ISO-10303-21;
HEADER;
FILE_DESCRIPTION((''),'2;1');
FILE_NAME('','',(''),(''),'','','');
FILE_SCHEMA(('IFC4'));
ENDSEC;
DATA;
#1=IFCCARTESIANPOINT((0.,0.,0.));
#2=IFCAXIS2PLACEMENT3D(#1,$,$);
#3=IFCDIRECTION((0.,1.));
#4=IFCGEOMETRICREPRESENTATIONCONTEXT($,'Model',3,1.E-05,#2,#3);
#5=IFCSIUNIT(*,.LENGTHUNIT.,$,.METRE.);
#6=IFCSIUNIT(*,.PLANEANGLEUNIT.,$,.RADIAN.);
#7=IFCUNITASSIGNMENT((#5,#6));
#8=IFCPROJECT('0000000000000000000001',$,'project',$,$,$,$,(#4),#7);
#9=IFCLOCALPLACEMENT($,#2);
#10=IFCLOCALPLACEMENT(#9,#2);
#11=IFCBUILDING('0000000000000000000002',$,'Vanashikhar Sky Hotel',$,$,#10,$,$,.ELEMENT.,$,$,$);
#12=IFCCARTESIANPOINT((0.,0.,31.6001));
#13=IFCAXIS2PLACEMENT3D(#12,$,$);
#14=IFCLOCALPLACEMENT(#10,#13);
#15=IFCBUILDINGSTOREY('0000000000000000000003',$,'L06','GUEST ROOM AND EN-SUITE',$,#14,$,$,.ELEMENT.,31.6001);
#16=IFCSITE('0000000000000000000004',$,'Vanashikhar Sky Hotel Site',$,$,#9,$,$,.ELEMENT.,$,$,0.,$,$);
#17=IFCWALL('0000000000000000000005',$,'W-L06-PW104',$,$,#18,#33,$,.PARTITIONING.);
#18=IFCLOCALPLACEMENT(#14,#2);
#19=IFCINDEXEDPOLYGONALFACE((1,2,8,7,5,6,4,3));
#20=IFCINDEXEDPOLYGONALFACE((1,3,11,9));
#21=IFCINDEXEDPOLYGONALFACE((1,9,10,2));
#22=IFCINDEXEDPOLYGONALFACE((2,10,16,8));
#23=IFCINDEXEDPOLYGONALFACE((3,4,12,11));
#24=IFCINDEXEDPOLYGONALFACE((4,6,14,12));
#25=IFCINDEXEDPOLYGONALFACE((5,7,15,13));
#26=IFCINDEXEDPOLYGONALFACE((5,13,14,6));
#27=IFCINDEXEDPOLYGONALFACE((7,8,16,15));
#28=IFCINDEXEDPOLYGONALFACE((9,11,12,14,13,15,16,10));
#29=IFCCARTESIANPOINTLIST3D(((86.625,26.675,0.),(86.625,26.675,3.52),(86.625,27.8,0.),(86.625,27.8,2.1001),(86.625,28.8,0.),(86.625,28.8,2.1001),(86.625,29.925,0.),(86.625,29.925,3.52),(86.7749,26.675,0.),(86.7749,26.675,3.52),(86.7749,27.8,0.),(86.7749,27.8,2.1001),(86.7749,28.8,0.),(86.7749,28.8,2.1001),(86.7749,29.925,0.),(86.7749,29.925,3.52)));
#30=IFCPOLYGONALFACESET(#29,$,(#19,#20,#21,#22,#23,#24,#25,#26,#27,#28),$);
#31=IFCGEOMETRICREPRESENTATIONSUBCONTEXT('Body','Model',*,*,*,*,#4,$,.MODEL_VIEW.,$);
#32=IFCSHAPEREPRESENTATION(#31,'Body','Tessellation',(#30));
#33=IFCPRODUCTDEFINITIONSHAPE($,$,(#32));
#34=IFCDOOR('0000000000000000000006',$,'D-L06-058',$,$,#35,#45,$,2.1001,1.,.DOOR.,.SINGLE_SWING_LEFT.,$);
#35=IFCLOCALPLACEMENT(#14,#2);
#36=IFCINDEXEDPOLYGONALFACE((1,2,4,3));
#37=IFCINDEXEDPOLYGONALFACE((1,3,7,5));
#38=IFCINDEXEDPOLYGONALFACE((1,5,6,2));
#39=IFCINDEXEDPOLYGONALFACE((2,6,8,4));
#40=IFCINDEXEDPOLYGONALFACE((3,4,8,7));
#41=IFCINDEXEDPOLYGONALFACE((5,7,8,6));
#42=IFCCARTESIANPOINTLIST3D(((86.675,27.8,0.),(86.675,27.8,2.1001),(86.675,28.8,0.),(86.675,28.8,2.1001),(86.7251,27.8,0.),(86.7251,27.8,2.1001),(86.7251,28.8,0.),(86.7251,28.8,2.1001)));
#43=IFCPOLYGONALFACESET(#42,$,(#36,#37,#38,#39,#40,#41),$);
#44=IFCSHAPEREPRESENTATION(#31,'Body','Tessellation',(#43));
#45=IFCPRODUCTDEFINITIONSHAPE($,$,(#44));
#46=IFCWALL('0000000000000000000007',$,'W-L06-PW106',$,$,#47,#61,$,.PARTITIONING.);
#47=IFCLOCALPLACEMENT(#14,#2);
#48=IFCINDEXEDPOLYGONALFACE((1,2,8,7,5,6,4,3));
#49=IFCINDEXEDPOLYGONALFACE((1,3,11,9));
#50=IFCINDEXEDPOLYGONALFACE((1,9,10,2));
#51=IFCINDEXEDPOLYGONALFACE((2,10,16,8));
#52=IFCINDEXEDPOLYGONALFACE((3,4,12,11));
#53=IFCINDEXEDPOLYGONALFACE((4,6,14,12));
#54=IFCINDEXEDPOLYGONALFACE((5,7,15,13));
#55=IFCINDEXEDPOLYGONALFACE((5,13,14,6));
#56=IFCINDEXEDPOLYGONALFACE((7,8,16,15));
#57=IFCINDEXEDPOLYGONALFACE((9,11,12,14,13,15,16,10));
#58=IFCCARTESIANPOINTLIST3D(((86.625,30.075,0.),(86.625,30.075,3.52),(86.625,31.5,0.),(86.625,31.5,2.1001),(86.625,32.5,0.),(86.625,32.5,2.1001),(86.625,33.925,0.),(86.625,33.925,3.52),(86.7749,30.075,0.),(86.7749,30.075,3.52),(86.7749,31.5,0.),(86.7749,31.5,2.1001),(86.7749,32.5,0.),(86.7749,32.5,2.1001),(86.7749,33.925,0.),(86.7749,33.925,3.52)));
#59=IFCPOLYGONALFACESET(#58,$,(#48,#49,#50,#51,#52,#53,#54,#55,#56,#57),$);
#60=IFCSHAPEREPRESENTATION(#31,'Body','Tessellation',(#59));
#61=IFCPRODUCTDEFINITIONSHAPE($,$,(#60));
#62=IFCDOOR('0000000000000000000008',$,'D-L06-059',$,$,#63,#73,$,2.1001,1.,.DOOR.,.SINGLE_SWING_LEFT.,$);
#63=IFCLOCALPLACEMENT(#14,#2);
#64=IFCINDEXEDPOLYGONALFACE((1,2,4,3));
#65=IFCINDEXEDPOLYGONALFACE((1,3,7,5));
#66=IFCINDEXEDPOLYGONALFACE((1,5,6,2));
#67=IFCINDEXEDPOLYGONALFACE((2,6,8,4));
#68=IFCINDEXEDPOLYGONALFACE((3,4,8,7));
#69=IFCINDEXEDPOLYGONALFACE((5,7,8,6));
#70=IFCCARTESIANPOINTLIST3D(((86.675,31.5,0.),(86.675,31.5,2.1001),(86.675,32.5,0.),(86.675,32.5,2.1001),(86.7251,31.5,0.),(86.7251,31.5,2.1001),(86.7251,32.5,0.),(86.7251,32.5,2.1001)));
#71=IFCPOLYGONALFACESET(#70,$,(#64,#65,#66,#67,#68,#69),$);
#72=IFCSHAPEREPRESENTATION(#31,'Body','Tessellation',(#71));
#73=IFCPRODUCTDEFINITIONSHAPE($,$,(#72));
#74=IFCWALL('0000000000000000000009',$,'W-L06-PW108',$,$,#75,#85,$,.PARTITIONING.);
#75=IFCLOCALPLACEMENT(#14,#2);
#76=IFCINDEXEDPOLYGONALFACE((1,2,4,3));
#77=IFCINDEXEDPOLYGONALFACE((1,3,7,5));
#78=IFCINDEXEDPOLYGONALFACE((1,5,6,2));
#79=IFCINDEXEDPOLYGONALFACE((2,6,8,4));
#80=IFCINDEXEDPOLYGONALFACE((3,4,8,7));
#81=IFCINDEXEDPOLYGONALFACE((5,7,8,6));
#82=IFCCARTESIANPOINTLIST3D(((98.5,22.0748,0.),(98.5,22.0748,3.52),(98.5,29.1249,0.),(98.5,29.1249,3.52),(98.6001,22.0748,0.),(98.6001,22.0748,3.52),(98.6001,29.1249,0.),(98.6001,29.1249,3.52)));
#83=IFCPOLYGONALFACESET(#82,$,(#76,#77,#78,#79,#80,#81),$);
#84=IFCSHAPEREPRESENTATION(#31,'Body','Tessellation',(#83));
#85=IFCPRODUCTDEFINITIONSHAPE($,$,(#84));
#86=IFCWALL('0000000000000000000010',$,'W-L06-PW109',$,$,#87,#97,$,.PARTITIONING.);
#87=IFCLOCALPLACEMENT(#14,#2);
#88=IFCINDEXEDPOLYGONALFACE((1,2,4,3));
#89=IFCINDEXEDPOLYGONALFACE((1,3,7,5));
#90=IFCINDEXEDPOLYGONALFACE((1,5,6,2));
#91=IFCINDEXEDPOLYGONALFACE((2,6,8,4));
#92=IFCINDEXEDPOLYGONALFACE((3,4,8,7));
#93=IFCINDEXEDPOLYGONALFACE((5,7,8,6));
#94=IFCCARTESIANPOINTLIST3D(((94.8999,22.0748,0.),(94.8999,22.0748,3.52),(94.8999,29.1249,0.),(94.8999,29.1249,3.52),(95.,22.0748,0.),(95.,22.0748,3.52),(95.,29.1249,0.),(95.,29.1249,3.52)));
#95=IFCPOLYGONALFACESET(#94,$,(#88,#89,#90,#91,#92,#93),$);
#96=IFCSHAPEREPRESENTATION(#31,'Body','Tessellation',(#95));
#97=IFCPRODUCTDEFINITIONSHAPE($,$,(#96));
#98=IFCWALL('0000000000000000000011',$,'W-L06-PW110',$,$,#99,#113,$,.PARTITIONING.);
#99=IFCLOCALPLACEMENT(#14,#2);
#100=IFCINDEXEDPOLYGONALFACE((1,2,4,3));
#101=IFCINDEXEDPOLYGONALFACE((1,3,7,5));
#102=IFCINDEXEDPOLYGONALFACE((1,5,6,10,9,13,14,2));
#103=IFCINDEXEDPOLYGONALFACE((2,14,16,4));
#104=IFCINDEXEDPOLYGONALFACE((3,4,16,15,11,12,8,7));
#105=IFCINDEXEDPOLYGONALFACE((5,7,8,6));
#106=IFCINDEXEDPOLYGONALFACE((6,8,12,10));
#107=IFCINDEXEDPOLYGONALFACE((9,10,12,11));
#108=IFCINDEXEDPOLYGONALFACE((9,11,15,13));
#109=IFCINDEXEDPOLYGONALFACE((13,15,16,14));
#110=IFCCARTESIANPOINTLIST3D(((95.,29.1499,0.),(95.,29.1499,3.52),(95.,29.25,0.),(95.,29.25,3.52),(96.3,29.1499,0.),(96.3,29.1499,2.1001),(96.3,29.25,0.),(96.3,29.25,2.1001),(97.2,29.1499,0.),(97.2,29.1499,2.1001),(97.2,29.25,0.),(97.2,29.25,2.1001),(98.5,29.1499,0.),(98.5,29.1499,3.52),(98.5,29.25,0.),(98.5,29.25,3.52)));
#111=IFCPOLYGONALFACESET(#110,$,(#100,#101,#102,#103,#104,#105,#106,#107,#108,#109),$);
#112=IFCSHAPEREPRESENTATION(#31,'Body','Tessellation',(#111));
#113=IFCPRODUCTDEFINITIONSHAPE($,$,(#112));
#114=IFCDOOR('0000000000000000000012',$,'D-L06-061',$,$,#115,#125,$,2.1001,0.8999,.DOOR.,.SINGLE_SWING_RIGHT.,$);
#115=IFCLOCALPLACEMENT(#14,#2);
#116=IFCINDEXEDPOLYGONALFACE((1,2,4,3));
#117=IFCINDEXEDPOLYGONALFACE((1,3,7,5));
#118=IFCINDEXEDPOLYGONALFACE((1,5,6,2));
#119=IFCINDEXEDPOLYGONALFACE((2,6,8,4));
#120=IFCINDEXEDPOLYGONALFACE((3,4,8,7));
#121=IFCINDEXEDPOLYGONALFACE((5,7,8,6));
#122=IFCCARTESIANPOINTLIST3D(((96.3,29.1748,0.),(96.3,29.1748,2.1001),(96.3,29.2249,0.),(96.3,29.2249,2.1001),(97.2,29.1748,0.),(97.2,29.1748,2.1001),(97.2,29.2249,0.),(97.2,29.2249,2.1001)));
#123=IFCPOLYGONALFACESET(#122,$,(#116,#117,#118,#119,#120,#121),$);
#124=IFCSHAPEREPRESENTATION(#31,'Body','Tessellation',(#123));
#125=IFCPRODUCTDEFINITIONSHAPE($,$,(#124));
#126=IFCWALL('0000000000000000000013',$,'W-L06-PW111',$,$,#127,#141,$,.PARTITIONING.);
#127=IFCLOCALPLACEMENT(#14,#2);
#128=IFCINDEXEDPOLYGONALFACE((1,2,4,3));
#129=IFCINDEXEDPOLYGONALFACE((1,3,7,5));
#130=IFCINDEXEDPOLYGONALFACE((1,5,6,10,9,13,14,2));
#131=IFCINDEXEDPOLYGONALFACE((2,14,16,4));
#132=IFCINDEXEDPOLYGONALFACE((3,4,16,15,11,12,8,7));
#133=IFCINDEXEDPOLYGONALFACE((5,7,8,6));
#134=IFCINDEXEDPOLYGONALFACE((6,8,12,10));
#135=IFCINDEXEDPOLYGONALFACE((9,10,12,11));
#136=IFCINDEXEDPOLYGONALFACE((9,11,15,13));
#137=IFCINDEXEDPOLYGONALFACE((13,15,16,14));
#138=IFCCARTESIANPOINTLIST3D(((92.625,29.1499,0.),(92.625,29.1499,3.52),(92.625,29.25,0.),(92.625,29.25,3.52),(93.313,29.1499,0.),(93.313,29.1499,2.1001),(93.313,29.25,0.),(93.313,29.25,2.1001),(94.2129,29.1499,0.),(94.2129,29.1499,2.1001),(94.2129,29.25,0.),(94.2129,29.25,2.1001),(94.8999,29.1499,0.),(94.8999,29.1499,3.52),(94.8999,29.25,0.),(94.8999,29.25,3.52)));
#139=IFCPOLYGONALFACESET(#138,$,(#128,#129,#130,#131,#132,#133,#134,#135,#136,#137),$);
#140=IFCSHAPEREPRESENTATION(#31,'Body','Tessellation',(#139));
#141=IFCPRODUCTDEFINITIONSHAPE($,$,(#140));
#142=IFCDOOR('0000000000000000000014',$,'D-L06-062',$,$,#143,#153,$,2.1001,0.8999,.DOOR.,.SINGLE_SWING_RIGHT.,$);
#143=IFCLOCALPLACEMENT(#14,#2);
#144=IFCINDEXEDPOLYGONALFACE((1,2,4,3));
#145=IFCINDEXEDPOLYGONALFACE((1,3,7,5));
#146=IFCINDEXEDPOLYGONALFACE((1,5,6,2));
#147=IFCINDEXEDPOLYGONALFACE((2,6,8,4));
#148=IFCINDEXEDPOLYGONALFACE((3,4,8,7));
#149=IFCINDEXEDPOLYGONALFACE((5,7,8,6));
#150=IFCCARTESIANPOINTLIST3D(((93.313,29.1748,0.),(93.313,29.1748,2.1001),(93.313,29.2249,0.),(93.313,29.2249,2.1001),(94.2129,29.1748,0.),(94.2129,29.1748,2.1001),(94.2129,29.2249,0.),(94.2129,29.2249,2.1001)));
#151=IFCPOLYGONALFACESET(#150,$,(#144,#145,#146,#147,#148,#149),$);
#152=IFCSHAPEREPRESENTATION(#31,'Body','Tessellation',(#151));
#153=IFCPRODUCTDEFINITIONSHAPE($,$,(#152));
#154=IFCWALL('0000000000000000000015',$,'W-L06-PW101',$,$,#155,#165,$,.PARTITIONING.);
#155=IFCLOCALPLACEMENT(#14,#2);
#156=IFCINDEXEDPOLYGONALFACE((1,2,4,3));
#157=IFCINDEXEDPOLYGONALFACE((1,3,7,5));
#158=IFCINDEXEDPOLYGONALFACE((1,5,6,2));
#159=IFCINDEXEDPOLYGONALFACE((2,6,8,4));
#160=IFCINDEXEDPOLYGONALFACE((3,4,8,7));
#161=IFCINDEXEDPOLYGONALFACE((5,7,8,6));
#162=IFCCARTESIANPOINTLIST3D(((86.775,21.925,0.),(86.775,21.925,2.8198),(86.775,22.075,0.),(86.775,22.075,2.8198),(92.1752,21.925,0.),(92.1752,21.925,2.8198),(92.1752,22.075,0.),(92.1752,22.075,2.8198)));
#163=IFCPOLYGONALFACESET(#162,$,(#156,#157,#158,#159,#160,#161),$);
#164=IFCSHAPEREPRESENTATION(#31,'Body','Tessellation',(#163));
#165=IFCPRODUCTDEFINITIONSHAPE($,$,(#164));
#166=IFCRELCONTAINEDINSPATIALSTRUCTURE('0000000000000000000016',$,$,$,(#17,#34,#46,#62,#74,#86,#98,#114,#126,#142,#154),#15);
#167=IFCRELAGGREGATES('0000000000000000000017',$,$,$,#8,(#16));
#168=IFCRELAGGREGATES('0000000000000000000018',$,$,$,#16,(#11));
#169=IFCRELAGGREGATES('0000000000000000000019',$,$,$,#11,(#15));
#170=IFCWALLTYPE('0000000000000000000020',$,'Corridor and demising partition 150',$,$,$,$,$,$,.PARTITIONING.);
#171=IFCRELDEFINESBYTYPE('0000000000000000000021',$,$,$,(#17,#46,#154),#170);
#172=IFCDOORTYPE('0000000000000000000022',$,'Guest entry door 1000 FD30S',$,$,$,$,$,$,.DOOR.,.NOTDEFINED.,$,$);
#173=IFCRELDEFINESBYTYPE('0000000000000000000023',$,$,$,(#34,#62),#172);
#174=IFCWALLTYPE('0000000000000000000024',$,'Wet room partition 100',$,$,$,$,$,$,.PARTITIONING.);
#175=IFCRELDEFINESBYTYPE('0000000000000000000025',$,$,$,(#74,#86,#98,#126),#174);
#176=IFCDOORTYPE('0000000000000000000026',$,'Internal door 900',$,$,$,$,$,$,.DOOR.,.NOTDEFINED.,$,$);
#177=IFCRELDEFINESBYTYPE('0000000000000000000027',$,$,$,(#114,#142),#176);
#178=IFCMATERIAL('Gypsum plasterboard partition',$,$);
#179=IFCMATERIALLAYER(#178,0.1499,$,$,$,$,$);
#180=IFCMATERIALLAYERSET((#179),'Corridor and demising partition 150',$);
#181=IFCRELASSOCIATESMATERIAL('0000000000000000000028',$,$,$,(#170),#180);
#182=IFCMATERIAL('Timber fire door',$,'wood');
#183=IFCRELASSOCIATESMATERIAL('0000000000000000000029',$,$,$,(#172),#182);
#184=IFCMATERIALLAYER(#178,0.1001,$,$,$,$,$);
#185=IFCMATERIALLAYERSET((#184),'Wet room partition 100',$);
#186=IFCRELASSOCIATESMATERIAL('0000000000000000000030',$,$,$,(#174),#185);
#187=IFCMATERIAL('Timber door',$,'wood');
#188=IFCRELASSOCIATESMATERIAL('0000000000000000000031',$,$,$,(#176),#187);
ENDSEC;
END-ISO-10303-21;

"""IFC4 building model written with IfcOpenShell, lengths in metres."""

from ifc_helpers import new_model, si_unit, direction, frame, frame_2d, origin, place, context, subcontext, project, spatial, rectangle, extrude, source, transform, mapped, material, layer, layer_set, type_object, element, fill, save


model = new_model("IFC4")

# Units and contexts
model_context = context("Model", 3, precision=1e-05, world=origin(), true_north=direction((0.0, 1.0)))
body_context = subcontext(model_context, "Body", "Model", "MODEL_VIEW")
ifc_project = project(units=[si_unit("LENGTHUNIT", "METRE"), si_unit("PLANEANGLEUNIT", "RADIAN")], contexts=[model_context])

# Site, building, storey
site_placement = place(None, origin())
site = spatial("IfcSite", under=ifc_project, at=site_placement, Name="Vanashikhar Sky Hotel Site", CompositionType="ELEMENT", RefElevation=0.0)
building_placement = place(site_placement, origin())
building = spatial("IfcBuilding", under=site, at=building_placement, Name="Vanashikhar Sky Hotel", CompositionType="ELEMENT")
storey_placement = place(building_placement, frame((0.0, 0.0, 31.6001)))
storey = spatial("IfcBuildingStorey", under=building, at=storey_placement, Name="L06", Description="GUEST ROOM AND EN-SUITE", CompositionType="ELEMENT", Elevation=31.6001)

# Walls, openings, doors
ifc_material_1 = material(Name="Gypsum plasterboard partition")
ifc_layer_1 = layer(ifc_material_1, 0.1499)
ifc_layer_set_1 = layer_set([ifc_layer_1], Name="Corridor and demising partition 150")
wall_type_1 = type_object("IfcWallType", Name="Corridor and demising partition 150", PredefinedType="PARTITIONING", material=ifc_layer_set_1)
shared_shape_1 = source(origin(), body_context, "Body", "SweptSolid", [
    extrude(rectangle(XDim=3.25, YDim=0.1499, at=frame_2d((1.625, 0.0))), origin(), (0.0, 0.0, 1.0), 3.52),
])
wall_1_placement = place(storey_placement, frame((86.7, 26.675, 0.0), z_axis=(0.0, 0.0, 1.0), x_axis=(0.0, 1.0, 0.0)))
wall_1 = element("IfcWall", 1, at=wall_1_placement, inside=storey, type_object=wall_type_1, Name="W-L06-PW104", PredefinedType="PARTITIONING", context=body_context, shape_type="MappedRepresentation", body=[
    mapped(shared_shape_1, transform((0.0, 0.0, 0.0), scale=1.0)),
])
shared_shape_2 = source(origin(), body_context, "Body", "SweptSolid", [
    extrude(rectangle(XDim=1.0, YDim=2.1001, at=frame_2d((0.5, 1.05))), frame((0.0, 0.085, 0.0), z_axis=(0.0, -1.0, 0.0), x_axis=(1.0, 0.0, 0.0)), (0.0, 0.0, 1.0), 0.1699),
])
opening_1_placement = place(wall_1_placement, frame((1.125, 0.0, 0.0)))
opening_1 = element("IfcOpeningElement", 2, at=opening_1_placement, cuts=wall_1, PredefinedType="OPENING", context=body_context, shape_type="MappedRepresentation", body=[
    mapped(shared_shape_2, transform((0.0, 0.0, 0.0), scale=1.0)),
])
ifc_material_2 = material(Name="Timber fire door", Category="wood")
door_type_1 = type_object("IfcDoorType", Name="Guest entry door 1000 FD30S", OperationType="NOTDEFINED", PredefinedType="DOOR", material=ifc_material_2)
shared_shape_3 = source(origin(), body_context, "Body", "SweptSolid", [
    extrude(rectangle(XDim=1.0, YDim=2.1001, at=frame_2d((0.5, 1.05))), frame((0.0, 0.0249, 0.0), z_axis=(0.0, -1.0, 0.0), x_axis=(1.0, 0.0, 0.0)), (0.0, 0.0, 1.0), 0.05),
])
door_1_placement = place(opening_1_placement, origin())
door_1 = element("IfcDoor", 3, at=door_1_placement, inside=storey, type_object=door_type_1, Name="D-L06-058", OperationType="SINGLE_SWING_LEFT", OverallHeight=2.1001, OverallWidth=1.0, PredefinedType="DOOR", context=body_context, shape_type="MappedRepresentation", body=[
    mapped(shared_shape_3, transform((0.0, 0.0, 0.0), scale=1.0)),
])
fill(opening_1, door_1)
shared_shape_4 = source(origin(), body_context, "Body", "SweptSolid", [
    extrude(rectangle(XDim=3.8501, YDim=0.1499, at=frame_2d((1.925, 0.0))), origin(), (0.0, 0.0, 1.0), 3.52),
])
wall_2_placement = place(storey_placement, frame((86.7, 30.075, 0.0), z_axis=(0.0, 0.0, 1.0), x_axis=(0.0, 1.0, 0.0)))
wall_2 = element("IfcWall", 4, at=wall_2_placement, inside=storey, type_object=wall_type_1, Name="W-L06-PW106", PredefinedType="PARTITIONING", context=body_context, shape_type="MappedRepresentation", body=[
    mapped(shared_shape_4, transform((0.0, 0.0, 0.0), scale=1.0)),
])
opening_2_placement = place(wall_2_placement, frame((1.425, 0.0, 0.0)))
opening_2 = element("IfcOpeningElement", 5, at=opening_2_placement, cuts=wall_2, PredefinedType="OPENING", context=body_context, shape_type="MappedRepresentation", body=[
    mapped(shared_shape_2, transform((0.0, 0.0, 0.0), scale=1.0)),
])
door_2_placement = place(opening_2_placement, origin())
door_2 = element("IfcDoor", 6, at=door_2_placement, inside=storey, type_object=door_type_1, Name="D-L06-059", OperationType="SINGLE_SWING_LEFT", OverallHeight=2.1001, OverallWidth=1.0, PredefinedType="DOOR", context=body_context, shape_type="MappedRepresentation", body=[
    mapped(shared_shape_3, transform((0.0, 0.0, 0.0), scale=1.0)),
])
fill(opening_2, door_2)

# Walls
ifc_layer_2 = layer(ifc_material_1, 0.1001)
ifc_layer_set_2 = layer_set([ifc_layer_2], Name="Wet room partition 100")
wall_type_2 = type_object("IfcWallType", Name="Wet room partition 100", PredefinedType="PARTITIONING", material=ifc_layer_set_2)
shared_shape_5 = source(origin(), body_context, "Body", "SweptSolid", [
    extrude(rectangle(XDim=7.05, YDim=0.1001, at=frame_2d((3.5249, 0.0))), origin(), (0.0, 0.0, 1.0), 3.52),
])
for number, where, z_axis, x_axis, name in (
    (7, (98.55, 22.075, 0.0), (0.0, 0.0, 1.0), (0.0, 1.0, 0.0), "W-L06-PW108"),
    (8, (94.95, 22.075, 0.0), (0.0, 0.0, 1.0), (0.0, 1.0, 0.0), "W-L06-PW109"),
):
    element("IfcWall", number, at=place(storey_placement, frame(where, z_axis=z_axis, x_axis=x_axis)), inside=storey, type_object=wall_type_2, Name=name, PredefinedType="PARTITIONING", context=body_context, shape_type="MappedRepresentation", body=[
        mapped(shared_shape_5, transform((0.0, 0.0, 0.0), scale=1.0)),
    ])

# Walls, openings, doors
shared_shape_6 = source(origin(), body_context, "Body", "SweptSolid", [
    extrude(rectangle(XDim=3.5, YDim=0.1001, at=frame_2d((1.75, 0.0))), origin(), (0.0, 0.0, 1.0), 3.52),
])
wall_3_placement = place(storey_placement, frame((95.0, 29.2, 0.0), z_axis=(0.0, 0.0, 1.0), x_axis=(1.0, 0.0, 0.0)))
wall_3 = element("IfcWall", 9, at=wall_3_placement, inside=storey, type_object=wall_type_2, Name="W-L06-PW110", PredefinedType="PARTITIONING", context=body_context, shape_type="MappedRepresentation", body=[
    mapped(shared_shape_6, transform((0.0, 0.0, 0.0), scale=1.0)),
])
shared_shape_7 = source(origin(), body_context, "Body", "SweptSolid", [
    extrude(rectangle(XDim=0.8999, YDim=2.1001, at=frame_2d((0.45, 1.05))), frame((0.0, 0.0601, 0.0), z_axis=(0.0, -1.0, 0.0), x_axis=(1.0, 0.0, 0.0)), (0.0, 0.0, 1.0), 0.1201),
])
opening_3_placement = place(wall_3_placement, frame((1.3, 0.0, 0.0)))
opening_3 = element("IfcOpeningElement", 10, at=opening_3_placement, cuts=wall_3, PredefinedType="OPENING", context=body_context, shape_type="MappedRepresentation", body=[
    mapped(shared_shape_7, transform((0.0, 0.0, 0.0), scale=1.0)),
])
ifc_material_3 = material(Name="Timber door", Category="wood")
door_type_2 = type_object("IfcDoorType", Name="Internal door 900", OperationType="NOTDEFINED", PredefinedType="DOOR", material=ifc_material_3)
shared_shape_8 = source(origin(), body_context, "Body", "SweptSolid", [
    extrude(rectangle(XDim=0.8999, YDim=2.1001, at=frame_2d((0.45, 1.05))), frame((0.0, 0.0249, 0.0), z_axis=(0.0, -1.0, 0.0), x_axis=(1.0, 0.0, 0.0)), (0.0, 0.0, 1.0), 0.05),
])
door_3_placement = place(opening_3_placement, origin())
door_3 = element("IfcDoor", 11, at=door_3_placement, inside=storey, type_object=door_type_2, Name="D-L06-061", OperationType="SINGLE_SWING_RIGHT", OverallHeight=2.1001, OverallWidth=0.8999, PredefinedType="DOOR", context=body_context, shape_type="MappedRepresentation", body=[
    mapped(shared_shape_8, transform((0.0, 0.0, 0.0), scale=1.0)),
])
fill(opening_3, door_3)
shared_shape_9 = source(origin(), body_context, "Body", "SweptSolid", [
    extrude(rectangle(XDim=2.2749, YDim=0.1001, at=frame_2d((1.1375, 0.0))), origin(), (0.0, 0.0, 1.0), 3.52),
])
wall_4_placement = place(storey_placement, frame((92.625, 29.2, 0.0), z_axis=(0.0, 0.0, 1.0), x_axis=(1.0, 0.0, 0.0)))
wall_4 = element("IfcWall", 12, at=wall_4_placement, inside=storey, type_object=wall_type_2, Name="W-L06-PW111", PredefinedType="PARTITIONING", context=body_context, shape_type="MappedRepresentation", body=[
    mapped(shared_shape_9, transform((0.0, 0.0, 0.0), scale=1.0)),
])
opening_4_placement = place(wall_4_placement, frame((0.688, 0.0, 0.0)))
opening_4 = element("IfcOpeningElement", 13, at=opening_4_placement, cuts=wall_4, PredefinedType="OPENING", context=body_context, shape_type="MappedRepresentation", body=[
    mapped(shared_shape_7, transform((0.0, 0.0, 0.0), scale=1.0)),
])
door_4_placement = place(opening_4_placement, origin())
door_4 = element("IfcDoor", 14, at=door_4_placement, inside=storey, type_object=door_type_2, Name="D-L06-062", OperationType="SINGLE_SWING_RIGHT", OverallHeight=2.1001, OverallWidth=0.8999, PredefinedType="DOOR", context=body_context, shape_type="MappedRepresentation", body=[
    mapped(shared_shape_8, transform((0.0, 0.0, 0.0), scale=1.0)),
])
fill(opening_4, door_4)

# Wall
shared_shape_10 = source(origin(), body_context, "Body", "SweptSolid", [
    extrude(rectangle(XDim=5.4001, YDim=0.1499, at=frame_2d((2.7002, 0.0))), origin(), (0.0, 0.0, 1.0), 2.8198),
])
wall_5_placement = place(storey_placement, frame((86.7749, 22.0, 0.0), z_axis=(0.0, 0.0, 1.0), x_axis=(1.0, 0.0, 0.0)))
element("IfcWall", 15, at=wall_5_placement, inside=storey, type_object=wall_type_1, Name="W-L06-PW101", PredefinedType="PARTITIONING", context=body_context, shape_type="MappedRepresentation", body=[
    mapped(shared_shape_10, transform((0.0, 0.0, 0.0), scale=1.0)),
])

save(model, "model.ifc")
